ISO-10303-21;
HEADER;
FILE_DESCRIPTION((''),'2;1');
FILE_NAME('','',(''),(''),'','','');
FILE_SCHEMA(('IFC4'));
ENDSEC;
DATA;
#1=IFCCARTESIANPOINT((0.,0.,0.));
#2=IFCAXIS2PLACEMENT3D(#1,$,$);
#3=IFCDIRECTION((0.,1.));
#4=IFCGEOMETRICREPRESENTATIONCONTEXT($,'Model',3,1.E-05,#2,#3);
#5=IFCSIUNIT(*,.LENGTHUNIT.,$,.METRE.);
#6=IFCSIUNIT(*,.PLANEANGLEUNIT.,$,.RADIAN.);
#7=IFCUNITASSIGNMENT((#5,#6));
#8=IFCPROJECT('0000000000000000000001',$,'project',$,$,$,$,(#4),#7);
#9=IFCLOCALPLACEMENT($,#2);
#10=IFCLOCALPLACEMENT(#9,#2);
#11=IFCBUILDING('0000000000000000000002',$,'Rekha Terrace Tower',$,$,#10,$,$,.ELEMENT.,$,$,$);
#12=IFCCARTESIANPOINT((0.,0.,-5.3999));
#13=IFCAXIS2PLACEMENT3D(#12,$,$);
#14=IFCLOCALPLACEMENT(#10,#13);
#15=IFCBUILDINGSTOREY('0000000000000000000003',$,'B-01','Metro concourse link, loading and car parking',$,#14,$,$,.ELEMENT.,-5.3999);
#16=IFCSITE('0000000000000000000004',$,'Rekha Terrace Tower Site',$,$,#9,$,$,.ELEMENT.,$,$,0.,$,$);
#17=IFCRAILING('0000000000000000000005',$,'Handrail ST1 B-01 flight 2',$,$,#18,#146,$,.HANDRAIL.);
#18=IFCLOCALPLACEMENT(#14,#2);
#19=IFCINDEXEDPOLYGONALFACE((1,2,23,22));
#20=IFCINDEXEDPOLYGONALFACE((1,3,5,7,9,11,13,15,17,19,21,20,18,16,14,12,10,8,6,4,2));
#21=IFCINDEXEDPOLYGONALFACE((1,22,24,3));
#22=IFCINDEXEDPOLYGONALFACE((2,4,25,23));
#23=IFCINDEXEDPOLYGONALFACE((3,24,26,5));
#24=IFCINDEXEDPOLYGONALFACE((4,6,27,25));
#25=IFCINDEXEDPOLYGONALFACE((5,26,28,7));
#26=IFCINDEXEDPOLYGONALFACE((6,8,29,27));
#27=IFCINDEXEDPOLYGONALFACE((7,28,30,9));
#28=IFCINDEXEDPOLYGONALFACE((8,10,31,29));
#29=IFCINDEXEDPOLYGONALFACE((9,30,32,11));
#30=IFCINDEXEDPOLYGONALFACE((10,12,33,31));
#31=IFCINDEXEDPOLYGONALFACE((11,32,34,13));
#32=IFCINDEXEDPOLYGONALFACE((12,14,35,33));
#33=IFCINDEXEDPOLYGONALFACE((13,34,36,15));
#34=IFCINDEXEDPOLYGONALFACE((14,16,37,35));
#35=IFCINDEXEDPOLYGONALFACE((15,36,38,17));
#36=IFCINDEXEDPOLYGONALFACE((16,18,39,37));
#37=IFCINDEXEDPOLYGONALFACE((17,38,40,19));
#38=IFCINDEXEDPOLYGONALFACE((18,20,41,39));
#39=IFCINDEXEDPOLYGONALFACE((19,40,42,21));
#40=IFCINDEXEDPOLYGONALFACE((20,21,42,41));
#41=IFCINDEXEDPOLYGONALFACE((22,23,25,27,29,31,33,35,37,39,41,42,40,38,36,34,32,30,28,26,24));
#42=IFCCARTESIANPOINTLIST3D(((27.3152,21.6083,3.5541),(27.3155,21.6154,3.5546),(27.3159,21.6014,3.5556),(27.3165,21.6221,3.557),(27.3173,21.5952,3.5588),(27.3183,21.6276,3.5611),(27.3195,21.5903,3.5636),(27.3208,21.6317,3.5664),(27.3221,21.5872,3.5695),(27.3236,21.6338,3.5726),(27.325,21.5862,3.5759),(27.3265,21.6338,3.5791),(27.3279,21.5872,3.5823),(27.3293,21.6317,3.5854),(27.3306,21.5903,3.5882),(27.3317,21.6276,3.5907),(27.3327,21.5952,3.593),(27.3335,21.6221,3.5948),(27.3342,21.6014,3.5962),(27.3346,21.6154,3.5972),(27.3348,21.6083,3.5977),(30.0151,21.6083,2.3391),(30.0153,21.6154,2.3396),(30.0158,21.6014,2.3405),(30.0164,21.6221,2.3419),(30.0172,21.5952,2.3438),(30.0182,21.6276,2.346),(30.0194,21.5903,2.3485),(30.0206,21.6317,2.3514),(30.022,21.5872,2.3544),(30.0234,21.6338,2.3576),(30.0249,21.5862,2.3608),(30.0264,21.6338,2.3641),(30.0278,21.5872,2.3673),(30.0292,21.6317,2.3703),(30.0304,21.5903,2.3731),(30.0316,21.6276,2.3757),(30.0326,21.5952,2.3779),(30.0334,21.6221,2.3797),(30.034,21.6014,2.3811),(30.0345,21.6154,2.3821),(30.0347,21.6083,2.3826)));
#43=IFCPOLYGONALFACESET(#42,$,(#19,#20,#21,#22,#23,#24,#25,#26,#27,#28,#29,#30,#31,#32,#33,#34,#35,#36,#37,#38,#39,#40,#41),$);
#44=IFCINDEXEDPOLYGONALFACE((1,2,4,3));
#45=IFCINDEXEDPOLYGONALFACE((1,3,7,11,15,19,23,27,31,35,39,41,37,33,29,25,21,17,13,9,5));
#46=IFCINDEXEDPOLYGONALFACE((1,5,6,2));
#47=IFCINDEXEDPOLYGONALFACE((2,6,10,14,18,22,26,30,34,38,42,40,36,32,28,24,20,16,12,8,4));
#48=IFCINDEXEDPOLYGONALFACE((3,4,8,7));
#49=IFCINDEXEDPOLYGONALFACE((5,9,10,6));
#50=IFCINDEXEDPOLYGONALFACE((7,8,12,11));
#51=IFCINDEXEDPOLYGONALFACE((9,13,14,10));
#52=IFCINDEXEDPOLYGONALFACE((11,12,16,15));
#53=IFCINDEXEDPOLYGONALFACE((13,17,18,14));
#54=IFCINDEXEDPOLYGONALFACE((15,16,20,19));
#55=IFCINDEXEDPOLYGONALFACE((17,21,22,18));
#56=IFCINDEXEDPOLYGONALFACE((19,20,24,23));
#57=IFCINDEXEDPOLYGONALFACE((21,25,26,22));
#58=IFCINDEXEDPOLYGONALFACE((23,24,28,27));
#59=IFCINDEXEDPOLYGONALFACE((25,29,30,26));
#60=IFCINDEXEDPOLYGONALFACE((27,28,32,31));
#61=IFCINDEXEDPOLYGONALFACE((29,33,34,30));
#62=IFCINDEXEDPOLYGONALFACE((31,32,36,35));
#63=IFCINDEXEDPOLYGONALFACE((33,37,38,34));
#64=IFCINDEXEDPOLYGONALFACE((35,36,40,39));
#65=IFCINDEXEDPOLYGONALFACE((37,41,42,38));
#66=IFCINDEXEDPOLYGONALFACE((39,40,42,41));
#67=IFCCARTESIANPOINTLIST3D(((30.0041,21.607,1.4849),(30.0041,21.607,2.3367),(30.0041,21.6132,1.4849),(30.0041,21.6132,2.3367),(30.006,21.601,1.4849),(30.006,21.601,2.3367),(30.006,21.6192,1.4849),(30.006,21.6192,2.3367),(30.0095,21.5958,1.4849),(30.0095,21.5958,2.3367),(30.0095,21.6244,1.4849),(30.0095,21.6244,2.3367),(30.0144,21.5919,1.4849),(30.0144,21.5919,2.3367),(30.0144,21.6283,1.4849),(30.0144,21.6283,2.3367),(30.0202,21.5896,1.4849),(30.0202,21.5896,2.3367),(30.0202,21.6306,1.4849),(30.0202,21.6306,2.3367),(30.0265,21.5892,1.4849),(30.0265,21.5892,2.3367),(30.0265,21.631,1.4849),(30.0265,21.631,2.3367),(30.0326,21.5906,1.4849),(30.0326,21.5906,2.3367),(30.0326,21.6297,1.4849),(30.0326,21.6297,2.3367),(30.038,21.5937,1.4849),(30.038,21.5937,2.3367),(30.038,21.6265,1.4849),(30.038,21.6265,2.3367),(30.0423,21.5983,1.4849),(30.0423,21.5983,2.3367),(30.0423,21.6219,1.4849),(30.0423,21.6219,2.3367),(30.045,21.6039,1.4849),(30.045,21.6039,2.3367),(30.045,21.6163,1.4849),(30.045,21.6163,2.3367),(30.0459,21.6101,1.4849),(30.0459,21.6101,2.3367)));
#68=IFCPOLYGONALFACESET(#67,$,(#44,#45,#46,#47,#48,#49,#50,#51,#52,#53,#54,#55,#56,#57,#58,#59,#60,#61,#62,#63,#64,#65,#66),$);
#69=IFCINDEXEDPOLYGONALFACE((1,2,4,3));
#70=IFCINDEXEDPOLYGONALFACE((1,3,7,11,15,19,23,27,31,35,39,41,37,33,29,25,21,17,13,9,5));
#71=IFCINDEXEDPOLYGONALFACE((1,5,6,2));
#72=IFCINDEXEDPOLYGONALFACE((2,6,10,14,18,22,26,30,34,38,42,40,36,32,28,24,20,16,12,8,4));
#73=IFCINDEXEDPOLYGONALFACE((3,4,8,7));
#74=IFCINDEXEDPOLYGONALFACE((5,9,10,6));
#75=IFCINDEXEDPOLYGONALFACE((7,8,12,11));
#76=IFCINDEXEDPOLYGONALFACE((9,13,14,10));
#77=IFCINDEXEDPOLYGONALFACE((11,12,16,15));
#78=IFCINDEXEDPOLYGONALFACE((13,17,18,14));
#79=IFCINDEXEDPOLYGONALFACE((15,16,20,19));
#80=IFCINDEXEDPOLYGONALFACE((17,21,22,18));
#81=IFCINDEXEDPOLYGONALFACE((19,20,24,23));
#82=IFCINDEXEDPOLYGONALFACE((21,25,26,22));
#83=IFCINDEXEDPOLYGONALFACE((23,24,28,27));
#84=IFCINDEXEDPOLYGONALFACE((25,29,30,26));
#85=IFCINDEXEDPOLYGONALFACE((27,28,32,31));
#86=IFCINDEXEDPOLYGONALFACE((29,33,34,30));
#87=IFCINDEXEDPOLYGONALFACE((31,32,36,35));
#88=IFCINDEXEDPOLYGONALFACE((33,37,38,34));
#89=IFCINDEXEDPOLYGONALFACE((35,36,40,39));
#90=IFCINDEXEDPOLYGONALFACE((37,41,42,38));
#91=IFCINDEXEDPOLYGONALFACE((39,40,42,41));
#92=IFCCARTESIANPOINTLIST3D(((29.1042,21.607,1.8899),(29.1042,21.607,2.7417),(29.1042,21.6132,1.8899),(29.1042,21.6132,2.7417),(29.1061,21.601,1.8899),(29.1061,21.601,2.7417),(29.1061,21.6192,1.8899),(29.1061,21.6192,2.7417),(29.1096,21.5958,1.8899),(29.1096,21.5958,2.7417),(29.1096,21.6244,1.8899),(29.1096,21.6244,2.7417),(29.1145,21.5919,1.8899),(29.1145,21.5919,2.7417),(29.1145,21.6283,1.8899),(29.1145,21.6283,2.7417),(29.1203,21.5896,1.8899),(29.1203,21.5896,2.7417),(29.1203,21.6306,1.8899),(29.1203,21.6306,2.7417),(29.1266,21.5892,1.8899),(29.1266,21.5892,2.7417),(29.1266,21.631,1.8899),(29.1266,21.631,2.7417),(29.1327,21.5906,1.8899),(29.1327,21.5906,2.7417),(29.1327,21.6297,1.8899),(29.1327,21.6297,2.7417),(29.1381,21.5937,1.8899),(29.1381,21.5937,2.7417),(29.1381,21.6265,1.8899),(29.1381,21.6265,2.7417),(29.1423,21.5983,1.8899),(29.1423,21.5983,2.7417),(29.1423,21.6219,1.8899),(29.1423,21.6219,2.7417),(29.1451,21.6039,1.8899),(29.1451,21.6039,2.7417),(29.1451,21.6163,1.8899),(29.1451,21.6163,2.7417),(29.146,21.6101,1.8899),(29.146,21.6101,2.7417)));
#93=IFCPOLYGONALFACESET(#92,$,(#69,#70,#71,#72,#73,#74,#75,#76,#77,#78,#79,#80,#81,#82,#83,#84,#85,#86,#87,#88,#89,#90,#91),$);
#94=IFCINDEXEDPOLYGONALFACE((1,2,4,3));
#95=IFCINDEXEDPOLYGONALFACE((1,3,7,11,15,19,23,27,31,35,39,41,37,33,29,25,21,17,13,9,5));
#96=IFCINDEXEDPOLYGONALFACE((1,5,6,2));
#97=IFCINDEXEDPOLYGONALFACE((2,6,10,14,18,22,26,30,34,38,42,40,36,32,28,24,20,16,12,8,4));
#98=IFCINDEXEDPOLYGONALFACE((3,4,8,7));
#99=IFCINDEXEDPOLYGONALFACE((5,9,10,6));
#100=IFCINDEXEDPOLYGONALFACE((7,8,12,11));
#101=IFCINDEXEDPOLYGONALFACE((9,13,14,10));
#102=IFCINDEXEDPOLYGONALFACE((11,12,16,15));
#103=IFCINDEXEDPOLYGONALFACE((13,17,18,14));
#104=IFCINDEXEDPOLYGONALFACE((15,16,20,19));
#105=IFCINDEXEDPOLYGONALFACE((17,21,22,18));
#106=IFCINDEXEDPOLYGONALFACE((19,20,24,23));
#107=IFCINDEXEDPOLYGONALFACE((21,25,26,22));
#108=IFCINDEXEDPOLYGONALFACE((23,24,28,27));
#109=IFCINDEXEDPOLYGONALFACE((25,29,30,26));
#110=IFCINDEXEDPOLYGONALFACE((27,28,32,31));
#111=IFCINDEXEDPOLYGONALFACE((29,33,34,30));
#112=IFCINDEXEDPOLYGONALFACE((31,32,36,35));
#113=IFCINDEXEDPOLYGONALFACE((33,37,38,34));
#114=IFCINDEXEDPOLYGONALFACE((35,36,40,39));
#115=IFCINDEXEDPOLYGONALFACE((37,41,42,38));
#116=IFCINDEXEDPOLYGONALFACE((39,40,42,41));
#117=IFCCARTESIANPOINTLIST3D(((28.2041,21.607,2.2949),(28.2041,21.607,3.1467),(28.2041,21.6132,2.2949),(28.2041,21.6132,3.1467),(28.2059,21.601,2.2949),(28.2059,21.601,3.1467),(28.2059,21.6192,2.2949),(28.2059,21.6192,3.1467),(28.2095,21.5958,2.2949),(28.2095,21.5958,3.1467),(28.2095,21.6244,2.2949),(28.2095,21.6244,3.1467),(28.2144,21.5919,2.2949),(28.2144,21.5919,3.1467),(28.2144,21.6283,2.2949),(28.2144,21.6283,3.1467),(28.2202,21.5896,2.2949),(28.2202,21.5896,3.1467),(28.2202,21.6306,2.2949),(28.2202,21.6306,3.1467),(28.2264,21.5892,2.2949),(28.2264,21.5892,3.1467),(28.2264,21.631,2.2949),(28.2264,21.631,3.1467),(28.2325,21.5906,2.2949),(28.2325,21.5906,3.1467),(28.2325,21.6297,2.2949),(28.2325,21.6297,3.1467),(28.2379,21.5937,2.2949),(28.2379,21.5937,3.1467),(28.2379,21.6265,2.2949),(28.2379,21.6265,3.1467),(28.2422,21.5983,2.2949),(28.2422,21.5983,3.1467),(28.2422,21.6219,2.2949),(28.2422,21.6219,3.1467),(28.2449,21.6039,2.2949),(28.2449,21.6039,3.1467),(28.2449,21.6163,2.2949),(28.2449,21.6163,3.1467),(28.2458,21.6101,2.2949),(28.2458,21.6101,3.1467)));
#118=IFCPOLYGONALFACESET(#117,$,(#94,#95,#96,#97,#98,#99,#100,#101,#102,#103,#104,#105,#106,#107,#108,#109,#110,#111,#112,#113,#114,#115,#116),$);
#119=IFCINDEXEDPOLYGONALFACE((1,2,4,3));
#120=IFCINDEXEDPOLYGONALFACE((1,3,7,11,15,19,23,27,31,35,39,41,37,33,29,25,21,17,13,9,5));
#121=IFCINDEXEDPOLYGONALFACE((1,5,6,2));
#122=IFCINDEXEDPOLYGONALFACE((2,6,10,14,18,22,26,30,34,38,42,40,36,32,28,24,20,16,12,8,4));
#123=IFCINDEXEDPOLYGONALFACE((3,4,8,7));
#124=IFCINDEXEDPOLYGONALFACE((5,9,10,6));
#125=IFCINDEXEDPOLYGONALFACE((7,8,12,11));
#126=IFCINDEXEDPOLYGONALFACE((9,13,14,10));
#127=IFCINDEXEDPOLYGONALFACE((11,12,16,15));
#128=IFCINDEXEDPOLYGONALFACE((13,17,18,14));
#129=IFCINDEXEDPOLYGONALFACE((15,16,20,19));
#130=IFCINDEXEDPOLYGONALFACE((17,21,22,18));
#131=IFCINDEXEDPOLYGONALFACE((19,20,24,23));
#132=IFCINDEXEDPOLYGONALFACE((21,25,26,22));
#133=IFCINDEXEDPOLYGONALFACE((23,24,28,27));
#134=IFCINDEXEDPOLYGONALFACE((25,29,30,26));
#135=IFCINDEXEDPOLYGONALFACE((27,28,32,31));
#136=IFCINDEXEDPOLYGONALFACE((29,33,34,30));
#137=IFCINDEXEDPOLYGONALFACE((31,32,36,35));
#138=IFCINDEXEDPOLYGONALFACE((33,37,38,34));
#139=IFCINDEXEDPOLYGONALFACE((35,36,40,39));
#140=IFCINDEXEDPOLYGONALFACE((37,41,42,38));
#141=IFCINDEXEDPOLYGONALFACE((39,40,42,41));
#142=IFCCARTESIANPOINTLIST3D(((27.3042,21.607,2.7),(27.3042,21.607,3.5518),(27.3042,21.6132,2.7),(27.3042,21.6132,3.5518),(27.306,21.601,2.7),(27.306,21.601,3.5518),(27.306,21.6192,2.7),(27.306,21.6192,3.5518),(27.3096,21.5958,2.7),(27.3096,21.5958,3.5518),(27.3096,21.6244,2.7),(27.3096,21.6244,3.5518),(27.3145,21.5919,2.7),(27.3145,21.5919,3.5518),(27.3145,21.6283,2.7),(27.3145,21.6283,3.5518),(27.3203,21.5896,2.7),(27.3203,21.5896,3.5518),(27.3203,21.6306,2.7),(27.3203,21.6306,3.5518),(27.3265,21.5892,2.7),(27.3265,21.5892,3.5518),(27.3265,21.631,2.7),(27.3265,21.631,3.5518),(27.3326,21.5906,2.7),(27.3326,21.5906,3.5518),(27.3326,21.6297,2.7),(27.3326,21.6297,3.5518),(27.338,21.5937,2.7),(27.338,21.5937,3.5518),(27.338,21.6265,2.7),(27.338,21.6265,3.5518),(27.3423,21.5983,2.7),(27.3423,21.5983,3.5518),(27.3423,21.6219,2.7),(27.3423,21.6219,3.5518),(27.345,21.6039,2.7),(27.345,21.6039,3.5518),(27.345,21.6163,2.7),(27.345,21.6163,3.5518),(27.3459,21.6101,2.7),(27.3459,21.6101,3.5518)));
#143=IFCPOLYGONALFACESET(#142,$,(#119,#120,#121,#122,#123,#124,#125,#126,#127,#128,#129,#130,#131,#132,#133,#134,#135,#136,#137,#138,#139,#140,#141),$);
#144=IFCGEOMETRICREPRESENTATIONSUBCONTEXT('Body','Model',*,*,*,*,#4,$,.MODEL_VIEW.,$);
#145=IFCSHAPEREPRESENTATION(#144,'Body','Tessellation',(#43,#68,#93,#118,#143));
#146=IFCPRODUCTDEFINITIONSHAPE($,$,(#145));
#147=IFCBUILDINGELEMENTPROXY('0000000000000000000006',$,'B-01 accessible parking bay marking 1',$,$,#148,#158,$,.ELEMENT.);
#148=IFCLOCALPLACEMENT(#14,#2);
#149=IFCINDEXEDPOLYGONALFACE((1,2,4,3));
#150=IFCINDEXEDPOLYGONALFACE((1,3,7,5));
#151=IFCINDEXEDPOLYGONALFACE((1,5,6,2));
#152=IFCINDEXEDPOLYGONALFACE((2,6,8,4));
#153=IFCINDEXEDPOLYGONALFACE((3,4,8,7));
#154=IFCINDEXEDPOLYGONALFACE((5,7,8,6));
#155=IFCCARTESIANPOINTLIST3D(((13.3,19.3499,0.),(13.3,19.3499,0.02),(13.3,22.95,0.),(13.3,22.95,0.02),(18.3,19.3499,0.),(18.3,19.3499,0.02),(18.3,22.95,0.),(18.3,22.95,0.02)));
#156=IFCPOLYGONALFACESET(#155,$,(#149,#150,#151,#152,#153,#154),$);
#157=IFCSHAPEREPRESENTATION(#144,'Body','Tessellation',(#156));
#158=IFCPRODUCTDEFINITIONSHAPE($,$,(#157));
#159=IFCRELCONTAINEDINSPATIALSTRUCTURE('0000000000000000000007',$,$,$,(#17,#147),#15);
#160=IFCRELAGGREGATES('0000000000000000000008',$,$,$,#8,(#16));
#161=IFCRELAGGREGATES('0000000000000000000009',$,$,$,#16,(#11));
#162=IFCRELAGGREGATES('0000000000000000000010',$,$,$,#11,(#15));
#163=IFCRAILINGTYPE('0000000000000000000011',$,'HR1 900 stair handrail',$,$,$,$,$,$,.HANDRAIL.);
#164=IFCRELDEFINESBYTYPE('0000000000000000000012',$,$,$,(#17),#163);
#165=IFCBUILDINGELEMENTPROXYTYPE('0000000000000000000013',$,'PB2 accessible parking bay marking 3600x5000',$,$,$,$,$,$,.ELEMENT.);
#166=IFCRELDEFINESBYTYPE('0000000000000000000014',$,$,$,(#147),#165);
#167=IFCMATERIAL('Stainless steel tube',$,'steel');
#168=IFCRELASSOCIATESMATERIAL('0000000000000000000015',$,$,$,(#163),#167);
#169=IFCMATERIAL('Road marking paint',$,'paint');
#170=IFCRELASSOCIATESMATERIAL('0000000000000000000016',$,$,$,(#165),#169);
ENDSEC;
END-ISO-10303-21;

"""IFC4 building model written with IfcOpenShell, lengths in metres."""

from ifc_helpers import new_model, si_unit, direction, frame, origin, origin_2d, place, context, subcontext, project, spatial, rectangle, circle, extrude, material, type_object, element, save


model = new_model("IFC4")

# Units and contexts
model_context = context("Model", 3, precision=1e-05, world=origin(), true_north=direction((0.0, 1.0)))
body_context = subcontext(model_context, "Body", "Model", "MODEL_VIEW")
ifc_project = project(units=[si_unit("LENGTHUNIT", "METRE"), si_unit("PLANEANGLEUNIT", "RADIAN")], contexts=[model_context])

# Site, building, storey
site_placement = place(None, origin())
site = spatial("IfcSite", under=ifc_project, at=site_placement, Name="Rekha Terrace Tower Site", CompositionType="ELEMENT", RefElevation=0.0)
building_placement = place(site_placement, origin())
building = spatial("IfcBuilding", under=site, at=building_placement, Name="Rekha Terrace Tower", CompositionType="ELEMENT")
storey_placement = place(building_placement, frame((0.0, 0.0, -5.3999)))
storey = spatial("IfcBuildingStorey", under=building, at=storey_placement, Name="B-01", Description="Metro concourse link, loading and car parking", CompositionType="ELEMENT", Elevation=-5.3999)

# Railing
ifc_material_1 = material(Name="Stainless steel tube", Category="steel")
railing_type_1 = type_object("IfcRailingType", Name="HR1 900 stair handrail", PredefinedType="HANDRAIL", material=ifc_material_1)
railing_1_placement = place(storey_placement, frame((30.0249, 21.6101, 1.4849)))
element("IfcRailing", 1, at=railing_1_placement, inside=storey, type_object=railing_type_1, Name="Handrail ST1 B-01 flight 2", PredefinedType="HANDRAIL", context=body_context, shape_type="SweptSolid", body=[
    extrude(circle(Radius=0.0239, at=origin_2d()), frame((0.0, 0.0, 0.876), z_axis=(-0.911908, 0.0, 0.410396), x_axis=(0.0, -1.0, 0.0)), (0.0, 0.0, 1.0), 2.9607),
    extrude(circle(Radius=0.021, at=origin_2d()), origin(), (0.0, 0.0, 1.0), 0.8518),
    extrude(circle(Radius=0.021, at=origin_2d()), frame((-0.8999, 0.0, 0.405)), (0.0, 0.0, 1.0), 0.8518),
    extrude(circle(Radius=0.021, at=origin_2d()), frame((-1.8, 0.0, 0.8101)), (0.0, 0.0, 1.0), 0.8518),
    extrude(circle(Radius=0.021, at=origin_2d()), frame((-2.7, 0.0, 1.2151)), (0.0, 0.0, 1.0), 0.8518),
])

# Building element proxy
ifc_material_2 = material(Name="Road marking paint", Category="paint")
building_element_proxy_type = type_object("IfcBuildingElementProxyType", Name="PB2 accessible parking bay marking 3600x5000", PredefinedType="ELEMENT", material=ifc_material_2)
proxy_placement = place(storey_placement, frame((15.8, 21.1499, 0.0), z_axis=(0.0, 0.0, 1.0), x_axis=(1.0, 0.0, 0.0)))
element("IfcBuildingElementProxy", 2, at=proxy_placement, inside=storey, type_object=building_element_proxy_type, Name="B-01 accessible parking bay marking 1", PredefinedType="ELEMENT", context=body_context, shape_type="SweptSolid", body=[
    extrude(rectangle(XDim=5.0, YDim=3.6001, at=origin_2d()), origin(), (0.0, 0.0, 1.0), 0.02),
])

save(model, "model.ifc")
